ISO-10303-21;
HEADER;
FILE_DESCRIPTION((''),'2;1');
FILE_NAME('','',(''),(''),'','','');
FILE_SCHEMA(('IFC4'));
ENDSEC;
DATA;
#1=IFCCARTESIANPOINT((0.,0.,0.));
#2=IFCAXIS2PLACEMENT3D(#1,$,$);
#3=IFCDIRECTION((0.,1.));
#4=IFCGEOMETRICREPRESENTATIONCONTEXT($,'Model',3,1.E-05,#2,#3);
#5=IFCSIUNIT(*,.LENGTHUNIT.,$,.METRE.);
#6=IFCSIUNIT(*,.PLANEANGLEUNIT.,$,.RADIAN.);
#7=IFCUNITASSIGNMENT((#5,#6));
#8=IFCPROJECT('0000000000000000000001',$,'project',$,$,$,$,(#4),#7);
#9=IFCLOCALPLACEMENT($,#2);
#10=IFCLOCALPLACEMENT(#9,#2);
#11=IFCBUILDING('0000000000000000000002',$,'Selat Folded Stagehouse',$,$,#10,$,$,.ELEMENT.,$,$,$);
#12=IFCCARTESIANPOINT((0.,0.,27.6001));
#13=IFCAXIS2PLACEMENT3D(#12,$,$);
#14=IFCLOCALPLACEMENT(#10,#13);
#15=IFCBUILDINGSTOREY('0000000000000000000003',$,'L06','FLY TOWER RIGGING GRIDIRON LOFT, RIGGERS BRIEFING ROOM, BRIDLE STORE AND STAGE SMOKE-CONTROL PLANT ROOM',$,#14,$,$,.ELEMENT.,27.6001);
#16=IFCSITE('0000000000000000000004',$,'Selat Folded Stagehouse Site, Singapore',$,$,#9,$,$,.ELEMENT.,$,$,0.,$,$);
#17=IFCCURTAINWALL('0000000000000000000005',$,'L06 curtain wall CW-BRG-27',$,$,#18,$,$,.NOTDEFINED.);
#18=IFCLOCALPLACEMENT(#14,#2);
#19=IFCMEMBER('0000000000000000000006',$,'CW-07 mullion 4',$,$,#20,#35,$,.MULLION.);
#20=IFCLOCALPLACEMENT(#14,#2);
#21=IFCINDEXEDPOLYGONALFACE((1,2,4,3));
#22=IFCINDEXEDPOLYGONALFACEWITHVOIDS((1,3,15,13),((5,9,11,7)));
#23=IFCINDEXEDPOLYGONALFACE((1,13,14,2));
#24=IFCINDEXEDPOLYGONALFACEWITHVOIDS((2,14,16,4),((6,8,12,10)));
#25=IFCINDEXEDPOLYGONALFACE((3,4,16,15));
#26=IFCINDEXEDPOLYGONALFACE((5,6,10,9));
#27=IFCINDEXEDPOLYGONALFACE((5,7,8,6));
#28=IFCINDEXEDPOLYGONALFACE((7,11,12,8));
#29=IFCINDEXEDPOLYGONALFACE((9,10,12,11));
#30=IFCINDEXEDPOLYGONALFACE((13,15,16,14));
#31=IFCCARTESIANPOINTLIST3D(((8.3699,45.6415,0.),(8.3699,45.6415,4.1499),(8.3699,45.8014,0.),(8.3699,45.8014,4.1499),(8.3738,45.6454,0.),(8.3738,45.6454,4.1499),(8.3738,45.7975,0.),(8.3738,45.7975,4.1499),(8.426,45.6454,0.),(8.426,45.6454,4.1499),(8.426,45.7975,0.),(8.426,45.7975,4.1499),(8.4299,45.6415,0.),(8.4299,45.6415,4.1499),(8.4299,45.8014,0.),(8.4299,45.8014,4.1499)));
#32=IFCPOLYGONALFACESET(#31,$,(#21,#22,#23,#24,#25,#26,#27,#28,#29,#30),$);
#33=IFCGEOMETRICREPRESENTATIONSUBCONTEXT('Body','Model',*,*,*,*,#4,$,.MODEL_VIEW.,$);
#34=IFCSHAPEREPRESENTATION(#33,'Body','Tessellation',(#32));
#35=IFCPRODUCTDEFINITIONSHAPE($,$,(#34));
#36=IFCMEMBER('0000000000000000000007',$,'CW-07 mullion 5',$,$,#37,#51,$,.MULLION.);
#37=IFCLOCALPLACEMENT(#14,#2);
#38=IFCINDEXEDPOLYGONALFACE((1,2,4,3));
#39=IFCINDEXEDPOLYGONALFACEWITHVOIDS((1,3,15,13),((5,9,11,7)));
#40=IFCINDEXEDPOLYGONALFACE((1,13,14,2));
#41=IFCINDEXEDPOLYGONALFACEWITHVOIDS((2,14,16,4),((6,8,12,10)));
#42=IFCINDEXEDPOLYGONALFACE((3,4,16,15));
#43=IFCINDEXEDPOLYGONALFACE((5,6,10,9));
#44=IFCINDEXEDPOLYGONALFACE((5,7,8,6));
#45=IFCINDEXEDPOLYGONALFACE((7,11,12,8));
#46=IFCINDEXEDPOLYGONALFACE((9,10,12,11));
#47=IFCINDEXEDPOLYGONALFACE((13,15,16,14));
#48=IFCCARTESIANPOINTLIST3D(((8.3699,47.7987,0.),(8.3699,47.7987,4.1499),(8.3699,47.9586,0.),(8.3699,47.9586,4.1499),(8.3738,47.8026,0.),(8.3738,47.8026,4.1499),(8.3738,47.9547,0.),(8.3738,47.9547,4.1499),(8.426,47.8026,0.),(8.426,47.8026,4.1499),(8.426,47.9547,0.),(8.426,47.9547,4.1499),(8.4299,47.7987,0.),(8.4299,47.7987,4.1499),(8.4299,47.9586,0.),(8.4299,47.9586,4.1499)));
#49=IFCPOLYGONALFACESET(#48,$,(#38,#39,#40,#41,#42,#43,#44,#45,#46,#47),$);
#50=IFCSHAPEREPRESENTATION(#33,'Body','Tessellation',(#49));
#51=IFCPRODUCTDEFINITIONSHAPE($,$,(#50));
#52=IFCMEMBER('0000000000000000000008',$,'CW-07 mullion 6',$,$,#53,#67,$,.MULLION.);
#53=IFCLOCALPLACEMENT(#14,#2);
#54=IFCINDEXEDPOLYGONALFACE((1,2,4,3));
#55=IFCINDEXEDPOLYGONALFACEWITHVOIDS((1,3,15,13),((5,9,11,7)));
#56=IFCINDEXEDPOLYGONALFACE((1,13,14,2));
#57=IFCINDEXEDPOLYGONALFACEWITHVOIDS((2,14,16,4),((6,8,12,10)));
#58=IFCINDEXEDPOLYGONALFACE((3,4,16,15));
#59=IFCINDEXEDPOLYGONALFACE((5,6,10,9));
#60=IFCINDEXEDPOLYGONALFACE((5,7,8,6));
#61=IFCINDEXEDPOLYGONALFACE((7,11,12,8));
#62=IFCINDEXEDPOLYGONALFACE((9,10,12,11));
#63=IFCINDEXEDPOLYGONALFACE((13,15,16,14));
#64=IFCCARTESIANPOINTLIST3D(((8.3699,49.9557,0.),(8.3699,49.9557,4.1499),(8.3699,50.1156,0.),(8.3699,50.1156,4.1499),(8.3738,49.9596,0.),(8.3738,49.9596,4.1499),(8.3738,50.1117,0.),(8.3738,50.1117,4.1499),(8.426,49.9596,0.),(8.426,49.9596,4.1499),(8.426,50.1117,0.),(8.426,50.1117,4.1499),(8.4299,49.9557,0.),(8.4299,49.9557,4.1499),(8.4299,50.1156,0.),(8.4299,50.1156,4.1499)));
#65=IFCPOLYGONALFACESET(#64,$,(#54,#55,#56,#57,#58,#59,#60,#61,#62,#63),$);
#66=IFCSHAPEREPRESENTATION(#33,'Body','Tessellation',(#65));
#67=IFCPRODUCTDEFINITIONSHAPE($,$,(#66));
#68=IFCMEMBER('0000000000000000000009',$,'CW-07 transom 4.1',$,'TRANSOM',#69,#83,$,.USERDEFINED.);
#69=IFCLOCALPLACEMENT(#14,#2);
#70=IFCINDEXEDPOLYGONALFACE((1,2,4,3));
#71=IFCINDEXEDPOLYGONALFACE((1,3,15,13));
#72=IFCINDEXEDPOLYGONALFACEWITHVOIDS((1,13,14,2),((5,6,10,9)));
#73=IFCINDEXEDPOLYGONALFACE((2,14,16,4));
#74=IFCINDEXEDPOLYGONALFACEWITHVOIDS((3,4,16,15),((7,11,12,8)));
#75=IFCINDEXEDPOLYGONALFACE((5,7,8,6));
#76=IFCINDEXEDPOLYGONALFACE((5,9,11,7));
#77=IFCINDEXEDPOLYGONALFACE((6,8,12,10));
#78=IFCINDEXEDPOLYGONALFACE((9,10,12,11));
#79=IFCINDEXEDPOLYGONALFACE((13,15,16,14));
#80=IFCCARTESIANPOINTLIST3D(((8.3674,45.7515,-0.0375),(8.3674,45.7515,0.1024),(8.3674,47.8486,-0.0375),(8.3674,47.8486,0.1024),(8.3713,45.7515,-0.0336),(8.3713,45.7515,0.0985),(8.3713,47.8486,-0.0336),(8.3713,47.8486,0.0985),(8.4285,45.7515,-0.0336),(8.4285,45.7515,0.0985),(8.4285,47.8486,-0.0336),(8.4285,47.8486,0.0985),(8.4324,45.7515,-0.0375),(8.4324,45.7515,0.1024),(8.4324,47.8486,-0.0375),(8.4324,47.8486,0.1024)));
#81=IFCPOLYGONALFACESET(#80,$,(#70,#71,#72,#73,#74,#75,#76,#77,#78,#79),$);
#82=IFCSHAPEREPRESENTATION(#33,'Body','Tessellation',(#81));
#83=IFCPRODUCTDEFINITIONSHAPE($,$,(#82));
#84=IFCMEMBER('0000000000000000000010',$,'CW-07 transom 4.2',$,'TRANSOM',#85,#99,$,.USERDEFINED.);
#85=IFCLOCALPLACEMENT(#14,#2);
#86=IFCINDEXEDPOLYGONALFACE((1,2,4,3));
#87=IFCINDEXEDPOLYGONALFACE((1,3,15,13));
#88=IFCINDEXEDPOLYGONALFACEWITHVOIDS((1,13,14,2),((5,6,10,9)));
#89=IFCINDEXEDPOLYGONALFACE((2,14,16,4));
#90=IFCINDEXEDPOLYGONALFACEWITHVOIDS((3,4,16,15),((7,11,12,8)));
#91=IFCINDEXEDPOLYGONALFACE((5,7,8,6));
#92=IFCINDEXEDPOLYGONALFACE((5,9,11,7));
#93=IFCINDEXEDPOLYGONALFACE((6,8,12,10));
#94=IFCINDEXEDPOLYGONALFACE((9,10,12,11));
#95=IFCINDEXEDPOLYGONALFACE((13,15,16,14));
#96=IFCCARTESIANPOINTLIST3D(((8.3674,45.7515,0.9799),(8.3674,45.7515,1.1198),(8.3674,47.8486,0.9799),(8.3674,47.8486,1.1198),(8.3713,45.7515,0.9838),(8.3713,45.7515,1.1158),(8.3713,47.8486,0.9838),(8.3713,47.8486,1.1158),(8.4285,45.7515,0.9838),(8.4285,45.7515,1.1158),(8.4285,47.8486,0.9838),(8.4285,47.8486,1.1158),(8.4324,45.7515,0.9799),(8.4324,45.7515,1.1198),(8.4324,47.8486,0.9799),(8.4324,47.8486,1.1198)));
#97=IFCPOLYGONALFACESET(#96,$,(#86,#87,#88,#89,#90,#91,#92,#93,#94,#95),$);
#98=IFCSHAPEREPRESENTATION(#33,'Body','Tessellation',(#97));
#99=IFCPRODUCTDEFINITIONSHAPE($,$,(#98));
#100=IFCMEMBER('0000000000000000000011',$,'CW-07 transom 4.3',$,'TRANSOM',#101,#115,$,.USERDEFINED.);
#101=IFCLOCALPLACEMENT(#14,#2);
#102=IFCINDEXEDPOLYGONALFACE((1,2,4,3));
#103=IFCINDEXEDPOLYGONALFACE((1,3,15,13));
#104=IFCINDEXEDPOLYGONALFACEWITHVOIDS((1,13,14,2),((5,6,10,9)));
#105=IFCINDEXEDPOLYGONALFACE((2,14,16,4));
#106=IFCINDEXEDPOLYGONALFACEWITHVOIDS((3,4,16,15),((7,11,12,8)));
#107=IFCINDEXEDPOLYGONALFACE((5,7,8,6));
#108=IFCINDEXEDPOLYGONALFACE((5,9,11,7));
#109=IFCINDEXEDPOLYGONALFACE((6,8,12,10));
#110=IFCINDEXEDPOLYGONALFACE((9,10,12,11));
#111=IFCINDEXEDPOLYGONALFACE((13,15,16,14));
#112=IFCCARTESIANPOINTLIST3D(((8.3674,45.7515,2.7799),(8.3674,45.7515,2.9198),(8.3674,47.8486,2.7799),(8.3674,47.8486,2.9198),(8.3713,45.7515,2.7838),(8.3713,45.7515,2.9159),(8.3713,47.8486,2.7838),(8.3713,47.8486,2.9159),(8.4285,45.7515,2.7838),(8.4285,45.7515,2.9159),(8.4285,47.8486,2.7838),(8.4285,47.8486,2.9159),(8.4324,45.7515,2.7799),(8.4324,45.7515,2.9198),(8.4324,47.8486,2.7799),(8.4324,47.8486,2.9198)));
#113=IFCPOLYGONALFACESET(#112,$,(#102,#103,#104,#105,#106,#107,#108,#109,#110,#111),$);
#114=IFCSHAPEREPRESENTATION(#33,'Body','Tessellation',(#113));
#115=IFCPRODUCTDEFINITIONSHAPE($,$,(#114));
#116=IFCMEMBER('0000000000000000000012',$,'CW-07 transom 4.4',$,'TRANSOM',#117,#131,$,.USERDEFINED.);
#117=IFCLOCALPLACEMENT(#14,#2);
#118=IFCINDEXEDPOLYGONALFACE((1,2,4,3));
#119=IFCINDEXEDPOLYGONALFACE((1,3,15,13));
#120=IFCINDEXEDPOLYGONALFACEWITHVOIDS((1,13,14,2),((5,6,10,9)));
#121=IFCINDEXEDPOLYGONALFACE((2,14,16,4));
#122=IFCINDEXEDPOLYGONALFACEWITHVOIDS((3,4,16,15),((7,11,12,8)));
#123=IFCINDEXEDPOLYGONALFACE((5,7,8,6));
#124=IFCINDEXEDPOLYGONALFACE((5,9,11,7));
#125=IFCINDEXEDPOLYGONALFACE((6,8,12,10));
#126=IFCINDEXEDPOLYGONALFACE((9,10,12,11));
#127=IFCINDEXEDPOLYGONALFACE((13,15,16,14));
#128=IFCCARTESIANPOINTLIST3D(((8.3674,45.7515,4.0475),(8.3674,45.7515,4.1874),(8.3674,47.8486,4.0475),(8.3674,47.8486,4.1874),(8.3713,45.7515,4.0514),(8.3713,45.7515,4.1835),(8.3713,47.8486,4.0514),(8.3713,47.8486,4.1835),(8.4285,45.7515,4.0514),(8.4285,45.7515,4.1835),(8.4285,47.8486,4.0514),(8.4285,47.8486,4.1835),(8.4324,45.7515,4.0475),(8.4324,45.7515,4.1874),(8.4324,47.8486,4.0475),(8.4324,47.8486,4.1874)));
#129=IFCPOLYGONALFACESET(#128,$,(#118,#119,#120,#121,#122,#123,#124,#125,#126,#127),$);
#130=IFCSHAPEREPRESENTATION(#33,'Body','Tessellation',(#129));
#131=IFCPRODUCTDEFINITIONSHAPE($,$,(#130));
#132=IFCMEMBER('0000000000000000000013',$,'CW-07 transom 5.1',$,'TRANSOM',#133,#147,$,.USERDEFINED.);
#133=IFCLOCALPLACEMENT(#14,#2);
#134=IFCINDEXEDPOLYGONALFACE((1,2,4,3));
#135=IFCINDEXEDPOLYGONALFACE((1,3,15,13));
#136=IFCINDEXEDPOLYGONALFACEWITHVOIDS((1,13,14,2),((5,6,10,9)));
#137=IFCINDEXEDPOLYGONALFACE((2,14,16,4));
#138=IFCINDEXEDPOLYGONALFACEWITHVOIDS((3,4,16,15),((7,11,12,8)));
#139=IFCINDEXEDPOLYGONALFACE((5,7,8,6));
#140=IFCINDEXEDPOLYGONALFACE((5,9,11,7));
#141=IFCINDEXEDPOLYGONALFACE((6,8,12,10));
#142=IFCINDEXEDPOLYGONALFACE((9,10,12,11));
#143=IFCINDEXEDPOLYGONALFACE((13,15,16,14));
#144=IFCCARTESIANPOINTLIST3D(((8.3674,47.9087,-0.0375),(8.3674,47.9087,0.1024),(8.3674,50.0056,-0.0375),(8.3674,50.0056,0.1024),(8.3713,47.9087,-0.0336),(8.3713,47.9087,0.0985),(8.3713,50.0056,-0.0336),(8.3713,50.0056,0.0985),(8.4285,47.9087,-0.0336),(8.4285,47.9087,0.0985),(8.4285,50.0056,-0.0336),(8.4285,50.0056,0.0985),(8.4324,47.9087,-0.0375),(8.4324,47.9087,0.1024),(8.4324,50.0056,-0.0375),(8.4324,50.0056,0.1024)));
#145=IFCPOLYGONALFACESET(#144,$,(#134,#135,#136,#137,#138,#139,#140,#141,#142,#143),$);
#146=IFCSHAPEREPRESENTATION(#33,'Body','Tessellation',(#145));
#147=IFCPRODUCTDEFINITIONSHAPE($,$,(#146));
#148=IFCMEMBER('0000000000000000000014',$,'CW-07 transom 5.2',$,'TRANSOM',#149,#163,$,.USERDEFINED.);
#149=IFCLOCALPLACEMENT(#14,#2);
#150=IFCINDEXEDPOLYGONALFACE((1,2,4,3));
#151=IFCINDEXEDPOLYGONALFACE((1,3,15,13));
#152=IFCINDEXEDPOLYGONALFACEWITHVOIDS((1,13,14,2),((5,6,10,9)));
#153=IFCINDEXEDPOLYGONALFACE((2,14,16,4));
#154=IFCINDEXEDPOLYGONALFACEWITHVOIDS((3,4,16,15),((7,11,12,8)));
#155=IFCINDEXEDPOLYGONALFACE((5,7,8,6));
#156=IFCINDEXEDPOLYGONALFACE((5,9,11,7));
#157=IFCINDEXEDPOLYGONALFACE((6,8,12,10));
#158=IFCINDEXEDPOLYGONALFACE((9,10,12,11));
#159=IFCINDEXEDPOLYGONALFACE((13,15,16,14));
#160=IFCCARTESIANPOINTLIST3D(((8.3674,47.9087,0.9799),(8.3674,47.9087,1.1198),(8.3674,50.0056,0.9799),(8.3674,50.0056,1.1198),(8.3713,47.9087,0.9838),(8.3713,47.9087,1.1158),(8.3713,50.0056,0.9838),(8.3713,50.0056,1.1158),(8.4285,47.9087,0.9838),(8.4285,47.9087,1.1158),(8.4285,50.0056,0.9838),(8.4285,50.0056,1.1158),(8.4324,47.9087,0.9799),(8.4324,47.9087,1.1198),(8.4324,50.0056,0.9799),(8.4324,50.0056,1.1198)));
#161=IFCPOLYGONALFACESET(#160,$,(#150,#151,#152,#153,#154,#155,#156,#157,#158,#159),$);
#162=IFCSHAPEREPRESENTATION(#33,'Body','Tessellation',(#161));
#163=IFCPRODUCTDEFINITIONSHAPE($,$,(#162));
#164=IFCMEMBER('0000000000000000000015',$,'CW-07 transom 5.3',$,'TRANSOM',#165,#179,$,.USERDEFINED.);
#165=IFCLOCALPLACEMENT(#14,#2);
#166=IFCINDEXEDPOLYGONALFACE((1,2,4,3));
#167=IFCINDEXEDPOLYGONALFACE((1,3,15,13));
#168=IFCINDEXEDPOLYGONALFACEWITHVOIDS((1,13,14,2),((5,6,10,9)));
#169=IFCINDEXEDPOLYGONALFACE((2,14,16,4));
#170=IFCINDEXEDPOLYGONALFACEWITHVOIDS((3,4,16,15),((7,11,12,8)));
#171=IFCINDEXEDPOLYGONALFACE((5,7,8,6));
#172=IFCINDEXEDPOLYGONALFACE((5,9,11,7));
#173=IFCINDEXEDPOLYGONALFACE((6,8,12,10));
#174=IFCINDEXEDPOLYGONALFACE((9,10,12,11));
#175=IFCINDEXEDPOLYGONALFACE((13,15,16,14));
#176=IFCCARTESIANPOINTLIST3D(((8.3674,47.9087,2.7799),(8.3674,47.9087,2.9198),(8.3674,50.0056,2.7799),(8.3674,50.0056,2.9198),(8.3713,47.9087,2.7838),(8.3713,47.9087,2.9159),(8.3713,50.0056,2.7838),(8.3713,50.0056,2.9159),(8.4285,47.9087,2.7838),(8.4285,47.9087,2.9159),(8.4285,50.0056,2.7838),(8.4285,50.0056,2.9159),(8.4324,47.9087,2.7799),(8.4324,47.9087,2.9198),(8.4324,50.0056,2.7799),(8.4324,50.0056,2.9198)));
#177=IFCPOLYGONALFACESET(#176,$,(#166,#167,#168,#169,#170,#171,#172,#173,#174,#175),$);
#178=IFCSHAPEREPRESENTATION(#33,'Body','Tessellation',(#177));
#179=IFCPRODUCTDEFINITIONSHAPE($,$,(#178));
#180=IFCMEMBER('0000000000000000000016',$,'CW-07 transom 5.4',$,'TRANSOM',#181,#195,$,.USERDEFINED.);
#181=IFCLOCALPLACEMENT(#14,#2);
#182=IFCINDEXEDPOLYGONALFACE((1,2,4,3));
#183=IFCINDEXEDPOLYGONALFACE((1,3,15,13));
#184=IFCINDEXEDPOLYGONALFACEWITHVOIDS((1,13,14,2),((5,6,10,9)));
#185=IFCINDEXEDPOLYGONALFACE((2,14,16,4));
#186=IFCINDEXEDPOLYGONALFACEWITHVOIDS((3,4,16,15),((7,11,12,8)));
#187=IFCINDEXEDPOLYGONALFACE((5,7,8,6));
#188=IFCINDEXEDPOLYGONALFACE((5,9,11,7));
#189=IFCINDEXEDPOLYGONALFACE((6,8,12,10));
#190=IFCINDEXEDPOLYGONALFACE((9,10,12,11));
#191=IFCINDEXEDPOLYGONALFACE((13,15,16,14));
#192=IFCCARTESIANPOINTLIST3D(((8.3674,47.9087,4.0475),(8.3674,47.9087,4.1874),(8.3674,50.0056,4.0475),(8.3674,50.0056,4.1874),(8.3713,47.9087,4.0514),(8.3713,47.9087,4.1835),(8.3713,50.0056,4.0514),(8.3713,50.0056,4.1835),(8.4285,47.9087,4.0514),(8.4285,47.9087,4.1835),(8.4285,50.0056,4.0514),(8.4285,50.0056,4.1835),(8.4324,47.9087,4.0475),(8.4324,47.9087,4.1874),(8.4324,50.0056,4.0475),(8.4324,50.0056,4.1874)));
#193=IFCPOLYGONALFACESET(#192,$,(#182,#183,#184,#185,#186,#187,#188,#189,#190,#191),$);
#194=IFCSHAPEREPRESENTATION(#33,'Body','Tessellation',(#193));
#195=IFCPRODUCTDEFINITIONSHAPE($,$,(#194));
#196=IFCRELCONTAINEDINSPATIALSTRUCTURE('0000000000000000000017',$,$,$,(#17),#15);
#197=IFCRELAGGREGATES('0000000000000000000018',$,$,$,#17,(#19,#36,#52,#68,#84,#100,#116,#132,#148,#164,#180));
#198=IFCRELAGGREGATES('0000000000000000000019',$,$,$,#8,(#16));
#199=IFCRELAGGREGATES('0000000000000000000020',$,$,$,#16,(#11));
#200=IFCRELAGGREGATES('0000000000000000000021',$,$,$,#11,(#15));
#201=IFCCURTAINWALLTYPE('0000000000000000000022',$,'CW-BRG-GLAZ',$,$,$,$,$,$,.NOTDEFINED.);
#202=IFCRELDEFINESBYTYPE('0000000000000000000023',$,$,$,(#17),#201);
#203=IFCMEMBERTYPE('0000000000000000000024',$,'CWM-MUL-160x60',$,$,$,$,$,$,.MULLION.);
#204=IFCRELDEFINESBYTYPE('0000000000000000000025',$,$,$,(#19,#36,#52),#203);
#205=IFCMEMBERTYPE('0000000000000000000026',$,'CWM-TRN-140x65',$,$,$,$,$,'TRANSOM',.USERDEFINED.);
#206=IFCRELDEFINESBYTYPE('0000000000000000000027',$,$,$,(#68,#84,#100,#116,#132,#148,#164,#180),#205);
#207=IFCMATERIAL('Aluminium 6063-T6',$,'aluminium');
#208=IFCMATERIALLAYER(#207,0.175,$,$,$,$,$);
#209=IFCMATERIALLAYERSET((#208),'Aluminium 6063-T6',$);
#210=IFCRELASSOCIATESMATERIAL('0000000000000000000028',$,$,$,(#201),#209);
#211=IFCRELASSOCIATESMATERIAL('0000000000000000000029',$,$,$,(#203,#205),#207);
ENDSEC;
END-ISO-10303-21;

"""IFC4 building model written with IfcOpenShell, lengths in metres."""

from ifc_helpers import new_model, si_unit, direction, frame, origin, origin_2d, place, context, subcontext, project, spatial, hollow_rectangle, extrude, material, layer, layer_set, material_profile, profile_set, type_object, element, aggregate, save


model = new_model("IFC4")

# Units and contexts
model_context = context("Model", 3, precision=1e-05, world=origin(), true_north=direction((0.0, 1.0)))
body_context = subcontext(model_context, "Body", "Model", "MODEL_VIEW")
ifc_project = project(units=[si_unit("LENGTHUNIT", "METRE"), si_unit("PLANEANGLEUNIT", "RADIAN")], contexts=[model_context])

# Site, building, storey
site_placement = place(None, origin())
site = spatial("IfcSite", under=ifc_project, at=site_placement, Name="Selat Folded Stagehouse Site, Singapore", CompositionType="ELEMENT", RefElevation=0.0)
building_placement = place(site_placement, origin())
building = spatial("IfcBuilding", under=site, at=building_placement, Name="Selat Folded Stagehouse", CompositionType="ELEMENT")
storey_placement = place(building_placement, frame((0.0, 0.0, 27.6001)))
storey = spatial("IfcBuildingStorey", under=building, at=storey_placement, Name="L06", Description="FLY TOWER RIGGING GRIDIRON LOFT, RIGGERS BRIEFING ROOM, BRIDLE STORE AND STAGE SMOKE-CONTROL PLANT ROOM", CompositionType="ELEMENT", Elevation=27.6001)

# Curtain wall, members
ifc_material_1 = material(Name="Aluminium 6063-T6", Category="aluminium")
ifc_layer_1 = layer(ifc_material_1, 0.175)
ifc_layer_set_1 = layer_set([ifc_layer_1], Name="Aluminium 6063-T6")
curtain_wall_type = type_object("IfcCurtainWallType", Name="CW-BRG-GLAZ", PredefinedType="NOTDEFINED", material=ifc_layer_set_1)
curtain_wall_placement = place(storey_placement, origin())
curtain_wall = element("IfcCurtainWall", 1, at=curtain_wall_placement, inside=storey, type_object=curtain_wall_type, Name="L06 curtain wall CW-BRG-27", PredefinedType="NOTDEFINED")
ifc_material_profile_1 = material_profile(ifc_material_1, hollow_rectangle(XDim=0.0601, YDim=0.1599, WallThickness=0.0039, at=origin_2d()), Name="ALU 160x60x4.0")
ifc_profile_set_1 = profile_set([ifc_material_profile_1], Name="Aluminium 6063-T6")
member_type_1 = type_object("IfcMemberType", Name="CWM-MUL-160x60", PredefinedType="MULLION", material=ifc_profile_set_1)
member_1_placement = place(storey_placement, frame((8.3999, 45.7214, 0.0), z_axis=(0.0, 0.0, 1.0), x_axis=(-1.0, 0.0, 0.0)))
member_1 = element("IfcMember", 2, at=member_1_placement, type_object=member_type_1, Name="CW-07 mullion 4", PredefinedType="MULLION", context=body_context, shape_type="SweptSolid", body=[
    extrude(hollow_rectangle(XDim=0.0601, YDim=0.1599, WallThickness=0.0039, at=origin_2d()), origin(), (0.0, 0.0, 1.0), 4.1499),
])
member_2_placement = place(storey_placement, frame((8.3999, 47.8787, 0.0), z_axis=(0.0, 0.0, 1.0), x_axis=(-1.0, 0.0, 0.0)))
member_2 = element("IfcMember", 3, at=member_2_placement, type_object=member_type_1, Name="CW-07 mullion 5", PredefinedType="MULLION", context=body_context, shape_type="SweptSolid", body=[
    extrude(hollow_rectangle(XDim=0.0601, YDim=0.1599, WallThickness=0.0039, at=origin_2d()), origin(), (0.0, 0.0, 1.0), 4.1499),
])
member_3_placement = place(storey_placement, frame((8.3999, 50.0356, 0.0), z_axis=(0.0, 0.0, 1.0), x_axis=(-1.0, 0.0, 0.0)))
member_3 = element("IfcMember", 4, at=member_3_placement, type_object=member_type_1, Name="CW-07 mullion 6", PredefinedType="MULLION", context=body_context, shape_type="SweptSolid", body=[
    extrude(hollow_rectangle(XDim=0.0601, YDim=0.1599, WallThickness=0.0039, at=origin_2d()), origin(), (0.0, 0.0, 1.0), 4.1499),
])
ifc_material_profile_2 = material_profile(ifc_material_1, hollow_rectangle(XDim=0.0649, YDim=0.1399, WallThickness=0.0039, at=origin_2d()), Name="ALU 140x65x4.0")
ifc_profile_set_2 = profile_set([ifc_material_profile_2], Name="Aluminium 6063-T6")
member_type_2 = type_object("IfcMemberType", Name="CWM-TRN-140x65", ElementType="TRANSOM", PredefinedType="USERDEFINED", material=ifc_profile_set_2)
member_4_placement = place(storey_placement, frame((8.3999, 45.7515, 0.0325), z_axis=(0.0, 1.0, 0.0), x_axis=(-1.0, 0.0, 0.0)))
member_4 = element("IfcMember", 5, at=member_4_placement, type_object=member_type_2, Name="CW-07 transom 4.1", ObjectType="TRANSOM", PredefinedType="USERDEFINED", context=body_context, shape_type="SweptSolid", body=[
    extrude(hollow_rectangle(XDim=0.0649, YDim=0.1399, WallThickness=0.0039, at=origin_2d()), origin(), (0.0, 0.0, 1.0), 2.0972),
])
member_5_placement = place(storey_placement, frame((8.3999, 45.7515, 1.0498), z_axis=(0.0, 1.0, 0.0), x_axis=(-1.0, 0.0, 0.0)))
member_5 = element("IfcMember", 6, at=member_5_placement, type_object=member_type_2, Name="CW-07 transom 4.2", ObjectType="TRANSOM", PredefinedType="USERDEFINED", context=body_context, shape_type="SweptSolid", body=[
    extrude(hollow_rectangle(XDim=0.0649, YDim=0.1399, WallThickness=0.0039, at=origin_2d()), origin(), (0.0, 0.0, 1.0), 2.0972),
])
member_6_placement = place(storey_placement, frame((8.3999, 45.7515, 2.8499), z_axis=(0.0, 1.0, 0.0), x_axis=(-1.0, 0.0, 0.0)))
member_6 = element("IfcMember", 7, at=member_6_placement, type_object=member_type_2, Name="CW-07 transom 4.3", ObjectType="TRANSOM", PredefinedType="USERDEFINED", context=body_context, shape_type="SweptSolid", body=[
    extrude(hollow_rectangle(XDim=0.0649, YDim=0.1399, WallThickness=0.0039, at=origin_2d()), origin(), (0.0, 0.0, 1.0), 2.0972),
])
member_7_placement = place(storey_placement, frame((8.3999, 45.7515, 4.1174), z_axis=(0.0, 1.0, 0.0), x_axis=(-1.0, 0.0, 0.0)))
member_7 = element("IfcMember", 8, at=member_7_placement, type_object=member_type_2, Name="CW-07 transom 4.4", ObjectType="TRANSOM", PredefinedType="USERDEFINED", context=body_context, shape_type="SweptSolid", body=[
    extrude(hollow_rectangle(XDim=0.0649, YDim=0.1399, WallThickness=0.0039, at=origin_2d()), origin(), (0.0, 0.0, 1.0), 2.0972),
])
member_8_placement = place(storey_placement, frame((8.3999, 47.9087, 0.0325), z_axis=(0.0, 1.0, 0.0), x_axis=(-1.0, 0.0, 0.0)))
member_8 = element("IfcMember", 9, at=member_8_placement, type_object=member_type_2, Name="CW-07 transom 5.1", ObjectType="TRANSOM", PredefinedType="USERDEFINED", context=body_context, shape_type="SweptSolid", body=[
    extrude(hollow_rectangle(XDim=0.0649, YDim=0.1399, WallThickness=0.0039, at=origin_2d()), origin(), (0.0, 0.0, 1.0), 2.0969),
])
member_9_placement = place(storey_placement, frame((8.3999, 47.9087, 1.0498), z_axis=(0.0, 1.0, 0.0), x_axis=(-1.0, 0.0, 0.0)))
member_9 = element("IfcMember", 10, at=member_9_placement, type_object=member_type_2, Name="CW-07 transom 5.2", ObjectType="TRANSOM", PredefinedType="USERDEFINED", context=body_context, shape_type="SweptSolid", body=[
    extrude(hollow_rectangle(XDim=0.0649, YDim=0.1399, WallThickness=0.0039, at=origin_2d()), origin(), (0.0, 0.0, 1.0), 2.0969),
])
member_10_placement = place(storey_placement, frame((8.3999, 47.9087, 2.8499), z_axis=(0.0, 1.0, 0.0), x_axis=(-1.0, 0.0, 0.0)))
member_10 = element("IfcMember", 11, at=member_10_placement, type_object=member_type_2, Name="CW-07 transom 5.3", ObjectType="TRANSOM", PredefinedType="USERDEFINED", context=body_context, shape_type="SweptSolid", body=[
    extrude(hollow_rectangle(XDim=0.0649, YDim=0.1399, WallThickness=0.0039, at=origin_2d()), origin(), (0.0, 0.0, 1.0), 2.0969),
])
member_11_placement = place(storey_placement, frame((8.3999, 47.9087, 4.1174), z_axis=(0.0, 1.0, 0.0), x_axis=(-1.0, 0.0, 0.0)))
member_11 = element("IfcMember", 12, at=member_11_placement, type_object=member_type_2, Name="CW-07 transom 5.4", ObjectType="TRANSOM", PredefinedType="USERDEFINED", context=body_context, shape_type="SweptSolid", body=[
    extrude(hollow_rectangle(XDim=0.0649, YDim=0.1399, WallThickness=0.0039, at=origin_2d()), origin(), (0.0, 0.0, 1.0), 2.0969),
])
aggregate(curtain_wall, [member_1, member_2, member_3, member_4, member_5, member_6, member_7, member_8, member_9, member_10, member_11])

save(model, "model.ifc")
